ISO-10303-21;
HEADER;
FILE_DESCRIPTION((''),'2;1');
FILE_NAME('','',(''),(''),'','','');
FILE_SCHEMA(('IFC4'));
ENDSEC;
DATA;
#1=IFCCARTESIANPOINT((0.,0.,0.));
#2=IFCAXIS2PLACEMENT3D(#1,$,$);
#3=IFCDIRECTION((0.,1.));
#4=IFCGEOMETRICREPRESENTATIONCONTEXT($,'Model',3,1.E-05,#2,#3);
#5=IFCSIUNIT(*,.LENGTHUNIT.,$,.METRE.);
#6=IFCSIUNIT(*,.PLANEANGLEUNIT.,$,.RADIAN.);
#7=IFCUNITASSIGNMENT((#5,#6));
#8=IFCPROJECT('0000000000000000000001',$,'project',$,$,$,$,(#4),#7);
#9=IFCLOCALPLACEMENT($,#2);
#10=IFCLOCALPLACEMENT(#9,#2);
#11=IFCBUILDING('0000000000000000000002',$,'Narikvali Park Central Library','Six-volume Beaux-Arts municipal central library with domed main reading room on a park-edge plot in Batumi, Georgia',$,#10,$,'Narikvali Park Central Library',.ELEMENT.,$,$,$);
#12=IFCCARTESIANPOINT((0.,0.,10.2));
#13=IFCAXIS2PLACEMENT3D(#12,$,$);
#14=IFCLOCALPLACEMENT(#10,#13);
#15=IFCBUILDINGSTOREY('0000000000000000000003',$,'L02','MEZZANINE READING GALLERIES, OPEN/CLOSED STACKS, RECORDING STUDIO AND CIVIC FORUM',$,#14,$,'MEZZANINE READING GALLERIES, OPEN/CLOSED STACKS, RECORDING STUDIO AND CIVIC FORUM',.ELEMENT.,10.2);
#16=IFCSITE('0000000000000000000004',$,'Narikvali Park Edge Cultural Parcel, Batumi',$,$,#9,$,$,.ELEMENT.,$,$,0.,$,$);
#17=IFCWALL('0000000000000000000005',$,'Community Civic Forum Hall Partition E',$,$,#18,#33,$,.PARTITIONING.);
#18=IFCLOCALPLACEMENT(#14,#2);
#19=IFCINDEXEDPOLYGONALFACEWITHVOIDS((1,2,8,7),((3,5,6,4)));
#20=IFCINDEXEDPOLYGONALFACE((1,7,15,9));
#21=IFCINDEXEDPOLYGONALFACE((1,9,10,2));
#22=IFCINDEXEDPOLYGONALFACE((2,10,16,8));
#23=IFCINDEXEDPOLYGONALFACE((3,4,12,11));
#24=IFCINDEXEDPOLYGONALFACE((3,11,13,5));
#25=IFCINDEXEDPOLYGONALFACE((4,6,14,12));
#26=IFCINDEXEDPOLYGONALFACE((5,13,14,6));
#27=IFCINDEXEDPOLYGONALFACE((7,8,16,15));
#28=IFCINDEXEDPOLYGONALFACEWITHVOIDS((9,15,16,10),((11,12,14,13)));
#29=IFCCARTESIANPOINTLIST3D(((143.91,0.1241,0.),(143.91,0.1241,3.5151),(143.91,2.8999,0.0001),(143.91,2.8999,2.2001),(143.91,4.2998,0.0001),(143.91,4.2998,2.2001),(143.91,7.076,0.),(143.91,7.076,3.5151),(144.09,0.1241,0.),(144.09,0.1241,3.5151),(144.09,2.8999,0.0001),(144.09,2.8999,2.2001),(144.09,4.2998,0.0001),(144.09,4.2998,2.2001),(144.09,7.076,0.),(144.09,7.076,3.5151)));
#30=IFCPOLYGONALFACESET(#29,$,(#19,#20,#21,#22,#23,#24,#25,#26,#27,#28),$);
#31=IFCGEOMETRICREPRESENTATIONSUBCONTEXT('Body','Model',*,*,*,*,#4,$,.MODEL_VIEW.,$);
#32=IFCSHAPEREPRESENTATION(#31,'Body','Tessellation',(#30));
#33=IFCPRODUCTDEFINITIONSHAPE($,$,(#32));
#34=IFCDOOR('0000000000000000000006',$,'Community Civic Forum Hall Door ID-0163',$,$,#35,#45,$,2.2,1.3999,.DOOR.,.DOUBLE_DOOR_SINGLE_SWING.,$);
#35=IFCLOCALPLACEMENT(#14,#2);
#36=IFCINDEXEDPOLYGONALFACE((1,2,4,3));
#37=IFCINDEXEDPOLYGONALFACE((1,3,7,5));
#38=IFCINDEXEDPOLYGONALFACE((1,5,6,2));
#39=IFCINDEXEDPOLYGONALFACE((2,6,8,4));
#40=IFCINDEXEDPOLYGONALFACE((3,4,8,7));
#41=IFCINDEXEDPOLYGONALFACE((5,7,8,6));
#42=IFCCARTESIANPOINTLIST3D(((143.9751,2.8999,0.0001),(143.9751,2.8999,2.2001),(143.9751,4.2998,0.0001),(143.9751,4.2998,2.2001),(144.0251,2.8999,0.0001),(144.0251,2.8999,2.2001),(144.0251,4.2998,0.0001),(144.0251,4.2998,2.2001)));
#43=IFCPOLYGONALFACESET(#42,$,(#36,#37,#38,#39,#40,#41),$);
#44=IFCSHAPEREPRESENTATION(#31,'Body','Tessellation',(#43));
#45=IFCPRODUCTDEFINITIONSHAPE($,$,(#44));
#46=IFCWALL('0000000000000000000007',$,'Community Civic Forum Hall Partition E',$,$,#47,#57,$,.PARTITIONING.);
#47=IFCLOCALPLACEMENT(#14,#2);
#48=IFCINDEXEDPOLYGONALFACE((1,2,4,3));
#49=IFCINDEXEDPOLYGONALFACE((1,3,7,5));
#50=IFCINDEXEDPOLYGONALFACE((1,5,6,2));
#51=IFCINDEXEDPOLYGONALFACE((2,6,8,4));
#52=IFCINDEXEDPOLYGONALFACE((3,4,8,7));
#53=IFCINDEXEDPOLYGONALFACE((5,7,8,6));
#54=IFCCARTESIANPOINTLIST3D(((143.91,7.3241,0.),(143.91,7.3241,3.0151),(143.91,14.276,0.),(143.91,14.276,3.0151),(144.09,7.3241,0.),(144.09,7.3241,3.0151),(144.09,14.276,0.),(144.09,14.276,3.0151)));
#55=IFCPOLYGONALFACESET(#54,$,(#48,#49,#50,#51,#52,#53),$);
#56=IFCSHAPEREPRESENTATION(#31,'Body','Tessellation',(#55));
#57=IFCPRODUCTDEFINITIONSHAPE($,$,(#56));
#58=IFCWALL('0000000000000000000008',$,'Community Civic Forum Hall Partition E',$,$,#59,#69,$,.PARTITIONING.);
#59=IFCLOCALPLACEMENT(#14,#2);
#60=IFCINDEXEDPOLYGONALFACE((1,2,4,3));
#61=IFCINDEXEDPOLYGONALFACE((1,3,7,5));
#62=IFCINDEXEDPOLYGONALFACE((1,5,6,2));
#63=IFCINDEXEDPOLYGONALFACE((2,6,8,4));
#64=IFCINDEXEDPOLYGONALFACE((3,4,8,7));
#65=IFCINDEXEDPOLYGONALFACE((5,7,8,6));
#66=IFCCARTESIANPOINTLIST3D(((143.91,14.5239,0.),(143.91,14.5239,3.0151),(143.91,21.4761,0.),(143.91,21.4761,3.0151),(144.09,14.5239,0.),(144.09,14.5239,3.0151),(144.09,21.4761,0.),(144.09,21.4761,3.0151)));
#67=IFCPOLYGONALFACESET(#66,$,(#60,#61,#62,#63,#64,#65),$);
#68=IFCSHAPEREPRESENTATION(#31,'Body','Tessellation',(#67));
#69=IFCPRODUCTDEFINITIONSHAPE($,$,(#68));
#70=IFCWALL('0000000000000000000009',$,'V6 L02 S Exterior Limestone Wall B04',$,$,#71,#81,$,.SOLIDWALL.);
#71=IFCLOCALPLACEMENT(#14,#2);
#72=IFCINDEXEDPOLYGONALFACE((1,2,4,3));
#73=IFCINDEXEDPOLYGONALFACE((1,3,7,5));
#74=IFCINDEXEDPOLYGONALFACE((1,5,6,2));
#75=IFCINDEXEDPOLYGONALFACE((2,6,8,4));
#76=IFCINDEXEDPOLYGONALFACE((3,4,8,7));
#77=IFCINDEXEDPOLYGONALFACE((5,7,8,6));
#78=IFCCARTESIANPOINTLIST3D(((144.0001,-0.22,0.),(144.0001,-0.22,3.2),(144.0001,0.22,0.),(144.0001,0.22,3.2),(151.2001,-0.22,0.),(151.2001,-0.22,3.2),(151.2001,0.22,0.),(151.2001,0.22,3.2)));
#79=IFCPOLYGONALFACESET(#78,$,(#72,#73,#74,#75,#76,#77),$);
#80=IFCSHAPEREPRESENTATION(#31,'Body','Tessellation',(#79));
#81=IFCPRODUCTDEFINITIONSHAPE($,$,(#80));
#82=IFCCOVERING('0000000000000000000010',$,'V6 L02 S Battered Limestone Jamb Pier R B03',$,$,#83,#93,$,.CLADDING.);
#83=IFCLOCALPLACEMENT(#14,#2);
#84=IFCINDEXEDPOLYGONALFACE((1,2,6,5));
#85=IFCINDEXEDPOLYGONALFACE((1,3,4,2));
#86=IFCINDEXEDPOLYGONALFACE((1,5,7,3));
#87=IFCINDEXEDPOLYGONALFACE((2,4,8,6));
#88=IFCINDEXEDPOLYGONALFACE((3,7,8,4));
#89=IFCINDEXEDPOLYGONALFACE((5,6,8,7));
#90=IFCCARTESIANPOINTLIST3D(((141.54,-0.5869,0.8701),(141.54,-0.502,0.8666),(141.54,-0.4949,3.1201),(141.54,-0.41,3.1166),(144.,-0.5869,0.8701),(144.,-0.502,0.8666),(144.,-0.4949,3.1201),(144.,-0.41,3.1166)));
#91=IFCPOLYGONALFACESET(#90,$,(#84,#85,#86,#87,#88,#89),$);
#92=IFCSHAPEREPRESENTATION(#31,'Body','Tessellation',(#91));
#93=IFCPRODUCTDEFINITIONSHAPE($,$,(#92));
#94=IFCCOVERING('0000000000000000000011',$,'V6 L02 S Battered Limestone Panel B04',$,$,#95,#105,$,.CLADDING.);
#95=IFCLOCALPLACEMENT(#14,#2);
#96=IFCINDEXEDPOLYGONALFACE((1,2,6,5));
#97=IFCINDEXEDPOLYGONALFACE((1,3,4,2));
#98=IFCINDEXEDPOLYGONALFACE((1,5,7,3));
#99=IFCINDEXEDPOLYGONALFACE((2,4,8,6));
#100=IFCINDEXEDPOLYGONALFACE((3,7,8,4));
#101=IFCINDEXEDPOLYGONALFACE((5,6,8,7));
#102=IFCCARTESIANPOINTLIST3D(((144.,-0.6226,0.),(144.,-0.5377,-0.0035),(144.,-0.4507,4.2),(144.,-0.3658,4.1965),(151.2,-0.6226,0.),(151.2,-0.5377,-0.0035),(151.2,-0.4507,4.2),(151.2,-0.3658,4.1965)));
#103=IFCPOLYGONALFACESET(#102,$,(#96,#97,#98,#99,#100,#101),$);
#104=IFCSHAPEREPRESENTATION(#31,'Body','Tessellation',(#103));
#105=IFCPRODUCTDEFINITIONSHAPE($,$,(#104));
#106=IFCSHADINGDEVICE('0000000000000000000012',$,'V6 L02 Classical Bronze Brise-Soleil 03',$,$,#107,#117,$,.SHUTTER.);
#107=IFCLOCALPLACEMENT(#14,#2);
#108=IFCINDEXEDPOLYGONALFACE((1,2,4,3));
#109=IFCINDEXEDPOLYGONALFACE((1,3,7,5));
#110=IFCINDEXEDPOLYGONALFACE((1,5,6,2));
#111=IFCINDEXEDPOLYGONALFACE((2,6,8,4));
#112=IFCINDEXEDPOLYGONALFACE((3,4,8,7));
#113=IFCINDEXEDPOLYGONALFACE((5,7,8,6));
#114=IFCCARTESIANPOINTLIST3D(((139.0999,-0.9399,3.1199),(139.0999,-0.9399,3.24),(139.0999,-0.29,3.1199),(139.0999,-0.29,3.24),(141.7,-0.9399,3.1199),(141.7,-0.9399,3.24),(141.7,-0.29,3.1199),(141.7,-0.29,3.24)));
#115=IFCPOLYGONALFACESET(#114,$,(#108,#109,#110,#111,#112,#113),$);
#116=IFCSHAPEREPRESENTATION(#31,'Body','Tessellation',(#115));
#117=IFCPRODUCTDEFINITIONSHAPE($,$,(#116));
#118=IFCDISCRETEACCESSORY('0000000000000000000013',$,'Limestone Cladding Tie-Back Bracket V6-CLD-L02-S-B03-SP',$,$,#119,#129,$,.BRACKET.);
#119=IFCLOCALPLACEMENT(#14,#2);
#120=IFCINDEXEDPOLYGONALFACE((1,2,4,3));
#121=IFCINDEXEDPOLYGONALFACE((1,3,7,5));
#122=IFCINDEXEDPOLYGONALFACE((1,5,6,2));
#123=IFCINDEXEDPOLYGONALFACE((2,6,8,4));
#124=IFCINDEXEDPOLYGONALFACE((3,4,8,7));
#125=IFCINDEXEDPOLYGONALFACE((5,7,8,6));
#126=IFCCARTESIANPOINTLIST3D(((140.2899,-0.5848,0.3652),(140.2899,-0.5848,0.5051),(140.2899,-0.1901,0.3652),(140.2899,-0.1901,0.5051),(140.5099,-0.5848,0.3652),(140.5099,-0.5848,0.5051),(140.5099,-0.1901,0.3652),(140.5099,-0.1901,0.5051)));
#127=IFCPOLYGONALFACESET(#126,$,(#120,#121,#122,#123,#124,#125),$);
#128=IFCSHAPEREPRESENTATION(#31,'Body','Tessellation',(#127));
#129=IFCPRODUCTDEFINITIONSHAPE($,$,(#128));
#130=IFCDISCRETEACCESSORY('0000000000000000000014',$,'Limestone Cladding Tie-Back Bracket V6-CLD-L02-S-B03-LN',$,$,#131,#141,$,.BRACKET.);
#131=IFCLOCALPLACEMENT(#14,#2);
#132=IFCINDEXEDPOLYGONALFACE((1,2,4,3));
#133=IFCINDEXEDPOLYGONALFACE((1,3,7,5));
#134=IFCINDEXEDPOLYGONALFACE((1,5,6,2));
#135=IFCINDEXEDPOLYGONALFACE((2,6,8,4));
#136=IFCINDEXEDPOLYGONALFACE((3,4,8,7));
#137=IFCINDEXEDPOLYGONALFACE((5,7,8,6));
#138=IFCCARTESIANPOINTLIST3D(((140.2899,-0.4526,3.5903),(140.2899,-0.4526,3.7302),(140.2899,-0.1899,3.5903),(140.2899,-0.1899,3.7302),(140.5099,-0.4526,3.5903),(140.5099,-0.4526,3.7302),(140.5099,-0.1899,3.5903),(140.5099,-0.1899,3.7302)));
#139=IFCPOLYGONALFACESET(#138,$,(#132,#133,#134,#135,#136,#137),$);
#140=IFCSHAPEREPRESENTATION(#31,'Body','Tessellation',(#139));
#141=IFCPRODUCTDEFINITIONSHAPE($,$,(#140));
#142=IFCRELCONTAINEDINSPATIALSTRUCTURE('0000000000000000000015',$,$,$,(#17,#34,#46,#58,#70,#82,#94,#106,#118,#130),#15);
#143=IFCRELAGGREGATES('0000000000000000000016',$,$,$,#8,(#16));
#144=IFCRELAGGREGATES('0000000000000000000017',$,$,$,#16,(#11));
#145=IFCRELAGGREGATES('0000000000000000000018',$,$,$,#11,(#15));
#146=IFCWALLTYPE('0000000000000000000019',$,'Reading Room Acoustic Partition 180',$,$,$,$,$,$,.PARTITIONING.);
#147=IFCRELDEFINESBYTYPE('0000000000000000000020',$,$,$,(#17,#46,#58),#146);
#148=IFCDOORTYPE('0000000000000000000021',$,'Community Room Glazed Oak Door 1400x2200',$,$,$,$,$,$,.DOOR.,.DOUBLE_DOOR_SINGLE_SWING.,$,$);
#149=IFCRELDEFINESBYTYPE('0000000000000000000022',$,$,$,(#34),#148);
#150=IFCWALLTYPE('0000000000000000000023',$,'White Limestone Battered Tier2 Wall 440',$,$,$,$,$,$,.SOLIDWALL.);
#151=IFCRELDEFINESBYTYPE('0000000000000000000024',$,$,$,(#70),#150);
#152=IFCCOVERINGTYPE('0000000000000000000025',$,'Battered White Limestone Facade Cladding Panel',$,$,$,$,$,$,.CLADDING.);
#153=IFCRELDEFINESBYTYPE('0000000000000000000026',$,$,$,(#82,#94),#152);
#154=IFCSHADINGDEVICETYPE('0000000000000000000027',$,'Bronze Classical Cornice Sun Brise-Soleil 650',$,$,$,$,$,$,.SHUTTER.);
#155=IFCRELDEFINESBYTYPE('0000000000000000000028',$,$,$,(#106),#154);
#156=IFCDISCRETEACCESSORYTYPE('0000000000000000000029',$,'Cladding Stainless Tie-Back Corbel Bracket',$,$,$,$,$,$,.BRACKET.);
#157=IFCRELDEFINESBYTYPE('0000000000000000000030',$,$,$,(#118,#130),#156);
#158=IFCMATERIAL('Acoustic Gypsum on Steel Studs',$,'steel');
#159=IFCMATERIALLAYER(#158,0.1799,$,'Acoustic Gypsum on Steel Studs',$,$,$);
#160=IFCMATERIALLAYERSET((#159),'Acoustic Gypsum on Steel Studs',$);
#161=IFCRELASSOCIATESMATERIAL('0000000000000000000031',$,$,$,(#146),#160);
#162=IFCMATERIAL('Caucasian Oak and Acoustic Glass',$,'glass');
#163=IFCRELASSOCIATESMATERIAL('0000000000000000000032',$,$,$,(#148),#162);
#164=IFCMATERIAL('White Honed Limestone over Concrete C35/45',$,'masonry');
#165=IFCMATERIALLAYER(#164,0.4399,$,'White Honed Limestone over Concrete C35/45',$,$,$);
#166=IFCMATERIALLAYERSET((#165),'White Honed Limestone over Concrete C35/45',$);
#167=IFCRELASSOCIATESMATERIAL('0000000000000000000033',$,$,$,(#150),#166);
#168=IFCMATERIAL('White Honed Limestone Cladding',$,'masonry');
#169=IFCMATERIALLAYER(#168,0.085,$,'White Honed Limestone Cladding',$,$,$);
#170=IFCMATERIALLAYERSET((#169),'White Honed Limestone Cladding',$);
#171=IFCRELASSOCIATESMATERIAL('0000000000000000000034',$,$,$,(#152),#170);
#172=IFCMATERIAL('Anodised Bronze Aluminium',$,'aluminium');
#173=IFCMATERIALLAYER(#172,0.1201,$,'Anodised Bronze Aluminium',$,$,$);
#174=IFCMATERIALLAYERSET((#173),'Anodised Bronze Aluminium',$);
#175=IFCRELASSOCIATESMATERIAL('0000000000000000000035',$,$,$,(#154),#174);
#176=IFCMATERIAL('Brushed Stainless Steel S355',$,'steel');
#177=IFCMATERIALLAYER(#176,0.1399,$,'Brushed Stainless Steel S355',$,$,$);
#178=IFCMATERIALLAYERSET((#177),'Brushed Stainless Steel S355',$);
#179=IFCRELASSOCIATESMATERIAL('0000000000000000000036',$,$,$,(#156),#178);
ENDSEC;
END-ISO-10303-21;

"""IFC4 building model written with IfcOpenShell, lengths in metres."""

from ifc_helpers import new_model, si_unit, direction, frame, frame_2d, origin, origin_2d, place, context, subcontext, project, spatial, polyline, rectangle, outline, extrude, material, layer, layer_set, type_object, element, fill, save


model = new_model("IFC4")

# Units and contexts
model_context = context("Model", 3, precision=1e-05, world=origin(), true_north=direction((0.0, 1.0)))
body_context = subcontext(model_context, "Body", "Model", "MODEL_VIEW")
ifc_project = project(units=[si_unit("LENGTHUNIT", "METRE"), si_unit("PLANEANGLEUNIT", "RADIAN")], contexts=[model_context])

# Site, building, storey
site_placement = place(None, origin())
site = spatial("IfcSite", under=ifc_project, at=site_placement, Name="Narikvali Park Edge Cultural Parcel, Batumi", CompositionType="ELEMENT", RefElevation=0.0)
building_placement = place(site_placement, origin())
building = spatial("IfcBuilding", under=site, at=building_placement, Name="Narikvali Park Central Library", Description="Six-volume Beaux-Arts municipal central library with domed main reading room on a park-edge plot in Batumi, Georgia", LongName="Narikvali Park Central Library", CompositionType="ELEMENT")
storey_placement = place(building_placement, frame((0.0, 0.0, 10.2)))
storey = spatial("IfcBuildingStorey", under=building, at=storey_placement, Name="L02", Description="MEZZANINE READING GALLERIES, OPEN/CLOSED STACKS, RECORDING STUDIO AND CIVIC FORUM", LongName="MEZZANINE READING GALLERIES, OPEN/CLOSED STACKS, RECORDING STUDIO AND CIVIC FORUM", CompositionType="ELEMENT", Elevation=10.2)

# Wall, opening, door
ifc_material_1 = material(Name="Acoustic Gypsum on Steel Studs", Category="steel")
ifc_layer_1 = layer(ifc_material_1, 0.1799, Name="Acoustic Gypsum on Steel Studs")
ifc_layer_set_1 = layer_set([ifc_layer_1], Name="Acoustic Gypsum on Steel Studs")
wall_type_1 = type_object("IfcWallType", Name="Reading Room Acoustic Partition 180", PredefinedType="PARTITIONING", material=ifc_layer_set_1)
wall_1_placement = place(storey_placement, frame((144.0, 0.124, 0.0), z_axis=(0.0, 0.0, 1.0), x_axis=(0.0, 1.0, 0.0)))
wall_1 = element("IfcWall", 1, at=wall_1_placement, inside=storey, type_object=wall_type_1, Name="Community Civic Forum Hall Partition E", PredefinedType="PARTITIONING", context=body_context, shape_type="SweptSolid", body=[
    extrude(rectangle(XDim=6.9519, YDim=0.1799, at=frame_2d((3.4761, 0.0))), origin(), (0.0, 0.0, 1.0), 3.5151),
])
opening_placement = place(wall_1_placement, frame((2.7759, 0.0, 0.0)))
opening = element("IfcOpeningElement", 2, at=opening_placement, cuts=wall_1, PredefinedType="OPENING", context=body_context, shape_type="SweptSolid", body=[
    extrude(rectangle(XDim=1.3999, YDim=2.2, at=frame_2d((0.7, 1.1001))), frame((0.0, 0.1021, 0.0), z_axis=(0.0, -1.0, 0.0), x_axis=(1.0, 0.0, 0.0)), (0.0, 0.0, 1.0), 0.2039),
])
ifc_material_2 = material(Name="Caucasian Oak and Acoustic Glass", Category="glass")
door_type = type_object("IfcDoorType", Name="Community Room Glazed Oak Door 1400x2200", OperationType="DOUBLE_DOOR_SINGLE_SWING", PredefinedType="DOOR", material=ifc_material_2)
door_placement = place(opening_placement, origin())
door = element("IfcDoor", 3, at=door_placement, inside=storey, type_object=door_type, Name="Community Civic Forum Hall Door ID-0163", OperationType="DOUBLE_DOOR_SINGLE_SWING", OverallHeight=2.2, OverallWidth=1.3999, PredefinedType="DOOR", context=body_context, shape_type="SweptSolid", body=[
    extrude(rectangle(XDim=1.3999, YDim=2.2, at=frame_2d((0.7, 1.1001))), frame((0.0, 0.0249, 0.0), z_axis=(0.0, -1.0, 0.0), x_axis=(1.0, 0.0, 0.0)), (0.0, 0.0, 1.0), 0.05),
])
fill(opening, door)

# Walls
wall_2_placement = place(storey_placement, frame((144.0, 7.324, 0.0), z_axis=(0.0, 0.0, 1.0), x_axis=(0.0, 1.0, 0.0)))
element("IfcWall", 4, at=wall_2_placement, inside=storey, type_object=wall_type_1, Name="Community Civic Forum Hall Partition E", PredefinedType="PARTITIONING", context=body_context, shape_type="SweptSolid", body=[
    extrude(rectangle(XDim=6.9519, YDim=0.1799, at=frame_2d((3.4761, 0.0))), origin(), (0.0, 0.0, 1.0), 3.0151),
])
wall_3_placement = place(storey_placement, frame((144.0, 14.5239, 0.0), z_axis=(0.0, 0.0, 1.0), x_axis=(0.0, 1.0, 0.0)))
element("IfcWall", 5, at=wall_3_placement, inside=storey, type_object=wall_type_1, Name="Community Civic Forum Hall Partition E", PredefinedType="PARTITIONING", context=body_context, shape_type="SweptSolid", body=[
    extrude(rectangle(XDim=6.9521, YDim=0.1799, at=frame_2d((3.4761, 0.0))), origin(), (0.0, 0.0, 1.0), 3.0151),
])
ifc_material_3 = material(Name="White Honed Limestone over Concrete C35/45", Category="masonry")
ifc_layer_2 = layer(ifc_material_3, 0.4399, Name="White Honed Limestone over Concrete C35/45")
ifc_layer_set_2 = layer_set([ifc_layer_2], Name="White Honed Limestone over Concrete C35/45")
wall_type_2 = type_object("IfcWallType", Name="White Limestone Battered Tier2 Wall 440", PredefinedType="SOLIDWALL", material=ifc_layer_set_2)
wall_4_placement = place(storey_placement, frame((144.0, 0.0, 0.0), z_axis=(0.0, 0.0, 1.0), x_axis=(1.0, 0.0, 0.0)))
element("IfcWall", 6, at=wall_4_placement, inside=storey, type_object=wall_type_2, Name="V6 L02 S Exterior Limestone Wall B04", PredefinedType="SOLIDWALL", context=body_context, shape_type="SweptSolid", body=[
    extrude(rectangle(XDim=7.2, YDim=0.4399, at=frame_2d((3.6001, 0.0))), origin(), (0.0, 0.0, 1.0), 3.2),
])

# Coverings
ifc_material_4 = material(Name="White Honed Limestone Cladding", Category="masonry")
ifc_layer_3 = layer(ifc_material_4, 0.085, Name="White Honed Limestone Cladding")
ifc_layer_set_3 = layer_set([ifc_layer_3], Name="White Honed Limestone Cladding")
covering_type = type_object("IfcCoveringType", Name="Battered White Limestone Facade Cladding Panel", PredefinedType="CLADDING", material=ifc_layer_set_3)
covering_1_placement = place(storey_placement, frame((141.54, -0.5869, 0.8701), z_axis=(0.0, -0.999164, 0.040873), x_axis=(1.0, 0.0, 0.0)))
element("IfcCovering", 7, at=covering_1_placement, inside=storey, type_object=covering_type, Name="V6 L02 S Battered Limestone Jamb Pier R B03", PredefinedType="CLADDING", context=body_context, shape_type="SweptSolid", body=[
    extrude(outline(polyline([(0.0, 0.0), (2.46, 0.0), (2.46, 2.2519), (0.0, 2.2519), (0.0, 0.0)])), origin(), (0.0, 0.0, -1.0), 0.085),
])
covering_2_placement = place(storey_placement, frame((144.0, -0.6226, 0.0), z_axis=(0.0, -0.999164, 0.040889), x_axis=(1.0, 0.0, 0.0)))
element("IfcCovering", 8, at=covering_2_placement, inside=storey, type_object=covering_type, Name="V6 L02 S Battered Limestone Panel B04", PredefinedType="CLADDING", context=body_context, shape_type="SweptSolid", body=[
    extrude(outline(polyline([(0.0, 0.0), (7.2, 0.0), (7.2, 4.2035), (0.0, 4.2035), (0.0, 0.0)])), origin(), (0.0, 0.0, -1.0), 0.085),
])

# Shading device
ifc_material_5 = material(Name="Anodised Bronze Aluminium", Category="aluminium")
ifc_layer_4 = layer(ifc_material_5, 0.1201, Name="Anodised Bronze Aluminium")
ifc_layer_set_4 = layer_set([ifc_layer_4], Name="Anodised Bronze Aluminium")
shading_device_type = type_object("IfcShadingDeviceType", Name="Bronze Classical Cornice Sun Brise-Soleil 650", PredefinedType="SHUTTER", material=ifc_layer_set_4)
shading_device_placement = place(storey_placement, frame((140.3999, -0.615, 3.1199), z_axis=(0.0, 0.0, 1.0), x_axis=(1.0, 0.0, 0.0)))
element("IfcShadingDevice", 9, at=shading_device_placement, inside=storey, type_object=shading_device_type, Name="V6 L02 Classical Bronze Brise-Soleil 03", PredefinedType="SHUTTER", context=body_context, shape_type="SweptSolid", body=[
    extrude(rectangle(XDim=2.6001, YDim=0.6499, at=origin_2d()), origin(), (0.0, 0.0, 1.0), 0.1201),
])

# Discrete accessories
ifc_material_6 = material(Name="Brushed Stainless Steel S355", Category="steel")
ifc_layer_5 = layer(ifc_material_6, 0.1399, Name="Brushed Stainless Steel S355")
ifc_layer_set_5 = layer_set([ifc_layer_5], Name="Brushed Stainless Steel S355")
discrete_accessory_type = type_object("IfcDiscreteAccessoryType", Name="Cladding Stainless Tie-Back Corbel Bracket", PredefinedType="BRACKET", material=ifc_layer_set_5)
discrete_accessory_1_placement = place(storey_placement, frame((140.3999, -0.3875, 0.3652), z_axis=(0.0, 0.0, 1.0), x_axis=(1.0, 0.0, 0.0)))
element("IfcDiscreteAccessory", 10, at=discrete_accessory_1_placement, inside=storey, type_object=discrete_accessory_type, Name="Limestone Cladding Tie-Back Bracket V6-CLD-L02-S-B03-SP", PredefinedType="BRACKET", context=body_context, shape_type="SweptSolid", body=[
    extrude(rectangle(XDim=0.22, YDim=0.3948, at=origin_2d()), origin(), (0.0, 0.0, 1.0), 0.1399),
])
discrete_accessory_2_placement = place(storey_placement, frame((140.3999, -0.3213, 3.5903), z_axis=(0.0, 0.0, 1.0), x_axis=(1.0, 0.0, 0.0)))
element("IfcDiscreteAccessory", 11, at=discrete_accessory_2_placement, inside=storey, type_object=discrete_accessory_type, Name="Limestone Cladding Tie-Back Bracket V6-CLD-L02-S-B03-LN", PredefinedType="BRACKET", context=body_context, shape_type="SweptSolid", body=[
    extrude(rectangle(XDim=0.22, YDim=0.2627, at=origin_2d()), origin(), (0.0, 0.0, 1.0), 0.1399),
])

save(model, "model.ifc")
